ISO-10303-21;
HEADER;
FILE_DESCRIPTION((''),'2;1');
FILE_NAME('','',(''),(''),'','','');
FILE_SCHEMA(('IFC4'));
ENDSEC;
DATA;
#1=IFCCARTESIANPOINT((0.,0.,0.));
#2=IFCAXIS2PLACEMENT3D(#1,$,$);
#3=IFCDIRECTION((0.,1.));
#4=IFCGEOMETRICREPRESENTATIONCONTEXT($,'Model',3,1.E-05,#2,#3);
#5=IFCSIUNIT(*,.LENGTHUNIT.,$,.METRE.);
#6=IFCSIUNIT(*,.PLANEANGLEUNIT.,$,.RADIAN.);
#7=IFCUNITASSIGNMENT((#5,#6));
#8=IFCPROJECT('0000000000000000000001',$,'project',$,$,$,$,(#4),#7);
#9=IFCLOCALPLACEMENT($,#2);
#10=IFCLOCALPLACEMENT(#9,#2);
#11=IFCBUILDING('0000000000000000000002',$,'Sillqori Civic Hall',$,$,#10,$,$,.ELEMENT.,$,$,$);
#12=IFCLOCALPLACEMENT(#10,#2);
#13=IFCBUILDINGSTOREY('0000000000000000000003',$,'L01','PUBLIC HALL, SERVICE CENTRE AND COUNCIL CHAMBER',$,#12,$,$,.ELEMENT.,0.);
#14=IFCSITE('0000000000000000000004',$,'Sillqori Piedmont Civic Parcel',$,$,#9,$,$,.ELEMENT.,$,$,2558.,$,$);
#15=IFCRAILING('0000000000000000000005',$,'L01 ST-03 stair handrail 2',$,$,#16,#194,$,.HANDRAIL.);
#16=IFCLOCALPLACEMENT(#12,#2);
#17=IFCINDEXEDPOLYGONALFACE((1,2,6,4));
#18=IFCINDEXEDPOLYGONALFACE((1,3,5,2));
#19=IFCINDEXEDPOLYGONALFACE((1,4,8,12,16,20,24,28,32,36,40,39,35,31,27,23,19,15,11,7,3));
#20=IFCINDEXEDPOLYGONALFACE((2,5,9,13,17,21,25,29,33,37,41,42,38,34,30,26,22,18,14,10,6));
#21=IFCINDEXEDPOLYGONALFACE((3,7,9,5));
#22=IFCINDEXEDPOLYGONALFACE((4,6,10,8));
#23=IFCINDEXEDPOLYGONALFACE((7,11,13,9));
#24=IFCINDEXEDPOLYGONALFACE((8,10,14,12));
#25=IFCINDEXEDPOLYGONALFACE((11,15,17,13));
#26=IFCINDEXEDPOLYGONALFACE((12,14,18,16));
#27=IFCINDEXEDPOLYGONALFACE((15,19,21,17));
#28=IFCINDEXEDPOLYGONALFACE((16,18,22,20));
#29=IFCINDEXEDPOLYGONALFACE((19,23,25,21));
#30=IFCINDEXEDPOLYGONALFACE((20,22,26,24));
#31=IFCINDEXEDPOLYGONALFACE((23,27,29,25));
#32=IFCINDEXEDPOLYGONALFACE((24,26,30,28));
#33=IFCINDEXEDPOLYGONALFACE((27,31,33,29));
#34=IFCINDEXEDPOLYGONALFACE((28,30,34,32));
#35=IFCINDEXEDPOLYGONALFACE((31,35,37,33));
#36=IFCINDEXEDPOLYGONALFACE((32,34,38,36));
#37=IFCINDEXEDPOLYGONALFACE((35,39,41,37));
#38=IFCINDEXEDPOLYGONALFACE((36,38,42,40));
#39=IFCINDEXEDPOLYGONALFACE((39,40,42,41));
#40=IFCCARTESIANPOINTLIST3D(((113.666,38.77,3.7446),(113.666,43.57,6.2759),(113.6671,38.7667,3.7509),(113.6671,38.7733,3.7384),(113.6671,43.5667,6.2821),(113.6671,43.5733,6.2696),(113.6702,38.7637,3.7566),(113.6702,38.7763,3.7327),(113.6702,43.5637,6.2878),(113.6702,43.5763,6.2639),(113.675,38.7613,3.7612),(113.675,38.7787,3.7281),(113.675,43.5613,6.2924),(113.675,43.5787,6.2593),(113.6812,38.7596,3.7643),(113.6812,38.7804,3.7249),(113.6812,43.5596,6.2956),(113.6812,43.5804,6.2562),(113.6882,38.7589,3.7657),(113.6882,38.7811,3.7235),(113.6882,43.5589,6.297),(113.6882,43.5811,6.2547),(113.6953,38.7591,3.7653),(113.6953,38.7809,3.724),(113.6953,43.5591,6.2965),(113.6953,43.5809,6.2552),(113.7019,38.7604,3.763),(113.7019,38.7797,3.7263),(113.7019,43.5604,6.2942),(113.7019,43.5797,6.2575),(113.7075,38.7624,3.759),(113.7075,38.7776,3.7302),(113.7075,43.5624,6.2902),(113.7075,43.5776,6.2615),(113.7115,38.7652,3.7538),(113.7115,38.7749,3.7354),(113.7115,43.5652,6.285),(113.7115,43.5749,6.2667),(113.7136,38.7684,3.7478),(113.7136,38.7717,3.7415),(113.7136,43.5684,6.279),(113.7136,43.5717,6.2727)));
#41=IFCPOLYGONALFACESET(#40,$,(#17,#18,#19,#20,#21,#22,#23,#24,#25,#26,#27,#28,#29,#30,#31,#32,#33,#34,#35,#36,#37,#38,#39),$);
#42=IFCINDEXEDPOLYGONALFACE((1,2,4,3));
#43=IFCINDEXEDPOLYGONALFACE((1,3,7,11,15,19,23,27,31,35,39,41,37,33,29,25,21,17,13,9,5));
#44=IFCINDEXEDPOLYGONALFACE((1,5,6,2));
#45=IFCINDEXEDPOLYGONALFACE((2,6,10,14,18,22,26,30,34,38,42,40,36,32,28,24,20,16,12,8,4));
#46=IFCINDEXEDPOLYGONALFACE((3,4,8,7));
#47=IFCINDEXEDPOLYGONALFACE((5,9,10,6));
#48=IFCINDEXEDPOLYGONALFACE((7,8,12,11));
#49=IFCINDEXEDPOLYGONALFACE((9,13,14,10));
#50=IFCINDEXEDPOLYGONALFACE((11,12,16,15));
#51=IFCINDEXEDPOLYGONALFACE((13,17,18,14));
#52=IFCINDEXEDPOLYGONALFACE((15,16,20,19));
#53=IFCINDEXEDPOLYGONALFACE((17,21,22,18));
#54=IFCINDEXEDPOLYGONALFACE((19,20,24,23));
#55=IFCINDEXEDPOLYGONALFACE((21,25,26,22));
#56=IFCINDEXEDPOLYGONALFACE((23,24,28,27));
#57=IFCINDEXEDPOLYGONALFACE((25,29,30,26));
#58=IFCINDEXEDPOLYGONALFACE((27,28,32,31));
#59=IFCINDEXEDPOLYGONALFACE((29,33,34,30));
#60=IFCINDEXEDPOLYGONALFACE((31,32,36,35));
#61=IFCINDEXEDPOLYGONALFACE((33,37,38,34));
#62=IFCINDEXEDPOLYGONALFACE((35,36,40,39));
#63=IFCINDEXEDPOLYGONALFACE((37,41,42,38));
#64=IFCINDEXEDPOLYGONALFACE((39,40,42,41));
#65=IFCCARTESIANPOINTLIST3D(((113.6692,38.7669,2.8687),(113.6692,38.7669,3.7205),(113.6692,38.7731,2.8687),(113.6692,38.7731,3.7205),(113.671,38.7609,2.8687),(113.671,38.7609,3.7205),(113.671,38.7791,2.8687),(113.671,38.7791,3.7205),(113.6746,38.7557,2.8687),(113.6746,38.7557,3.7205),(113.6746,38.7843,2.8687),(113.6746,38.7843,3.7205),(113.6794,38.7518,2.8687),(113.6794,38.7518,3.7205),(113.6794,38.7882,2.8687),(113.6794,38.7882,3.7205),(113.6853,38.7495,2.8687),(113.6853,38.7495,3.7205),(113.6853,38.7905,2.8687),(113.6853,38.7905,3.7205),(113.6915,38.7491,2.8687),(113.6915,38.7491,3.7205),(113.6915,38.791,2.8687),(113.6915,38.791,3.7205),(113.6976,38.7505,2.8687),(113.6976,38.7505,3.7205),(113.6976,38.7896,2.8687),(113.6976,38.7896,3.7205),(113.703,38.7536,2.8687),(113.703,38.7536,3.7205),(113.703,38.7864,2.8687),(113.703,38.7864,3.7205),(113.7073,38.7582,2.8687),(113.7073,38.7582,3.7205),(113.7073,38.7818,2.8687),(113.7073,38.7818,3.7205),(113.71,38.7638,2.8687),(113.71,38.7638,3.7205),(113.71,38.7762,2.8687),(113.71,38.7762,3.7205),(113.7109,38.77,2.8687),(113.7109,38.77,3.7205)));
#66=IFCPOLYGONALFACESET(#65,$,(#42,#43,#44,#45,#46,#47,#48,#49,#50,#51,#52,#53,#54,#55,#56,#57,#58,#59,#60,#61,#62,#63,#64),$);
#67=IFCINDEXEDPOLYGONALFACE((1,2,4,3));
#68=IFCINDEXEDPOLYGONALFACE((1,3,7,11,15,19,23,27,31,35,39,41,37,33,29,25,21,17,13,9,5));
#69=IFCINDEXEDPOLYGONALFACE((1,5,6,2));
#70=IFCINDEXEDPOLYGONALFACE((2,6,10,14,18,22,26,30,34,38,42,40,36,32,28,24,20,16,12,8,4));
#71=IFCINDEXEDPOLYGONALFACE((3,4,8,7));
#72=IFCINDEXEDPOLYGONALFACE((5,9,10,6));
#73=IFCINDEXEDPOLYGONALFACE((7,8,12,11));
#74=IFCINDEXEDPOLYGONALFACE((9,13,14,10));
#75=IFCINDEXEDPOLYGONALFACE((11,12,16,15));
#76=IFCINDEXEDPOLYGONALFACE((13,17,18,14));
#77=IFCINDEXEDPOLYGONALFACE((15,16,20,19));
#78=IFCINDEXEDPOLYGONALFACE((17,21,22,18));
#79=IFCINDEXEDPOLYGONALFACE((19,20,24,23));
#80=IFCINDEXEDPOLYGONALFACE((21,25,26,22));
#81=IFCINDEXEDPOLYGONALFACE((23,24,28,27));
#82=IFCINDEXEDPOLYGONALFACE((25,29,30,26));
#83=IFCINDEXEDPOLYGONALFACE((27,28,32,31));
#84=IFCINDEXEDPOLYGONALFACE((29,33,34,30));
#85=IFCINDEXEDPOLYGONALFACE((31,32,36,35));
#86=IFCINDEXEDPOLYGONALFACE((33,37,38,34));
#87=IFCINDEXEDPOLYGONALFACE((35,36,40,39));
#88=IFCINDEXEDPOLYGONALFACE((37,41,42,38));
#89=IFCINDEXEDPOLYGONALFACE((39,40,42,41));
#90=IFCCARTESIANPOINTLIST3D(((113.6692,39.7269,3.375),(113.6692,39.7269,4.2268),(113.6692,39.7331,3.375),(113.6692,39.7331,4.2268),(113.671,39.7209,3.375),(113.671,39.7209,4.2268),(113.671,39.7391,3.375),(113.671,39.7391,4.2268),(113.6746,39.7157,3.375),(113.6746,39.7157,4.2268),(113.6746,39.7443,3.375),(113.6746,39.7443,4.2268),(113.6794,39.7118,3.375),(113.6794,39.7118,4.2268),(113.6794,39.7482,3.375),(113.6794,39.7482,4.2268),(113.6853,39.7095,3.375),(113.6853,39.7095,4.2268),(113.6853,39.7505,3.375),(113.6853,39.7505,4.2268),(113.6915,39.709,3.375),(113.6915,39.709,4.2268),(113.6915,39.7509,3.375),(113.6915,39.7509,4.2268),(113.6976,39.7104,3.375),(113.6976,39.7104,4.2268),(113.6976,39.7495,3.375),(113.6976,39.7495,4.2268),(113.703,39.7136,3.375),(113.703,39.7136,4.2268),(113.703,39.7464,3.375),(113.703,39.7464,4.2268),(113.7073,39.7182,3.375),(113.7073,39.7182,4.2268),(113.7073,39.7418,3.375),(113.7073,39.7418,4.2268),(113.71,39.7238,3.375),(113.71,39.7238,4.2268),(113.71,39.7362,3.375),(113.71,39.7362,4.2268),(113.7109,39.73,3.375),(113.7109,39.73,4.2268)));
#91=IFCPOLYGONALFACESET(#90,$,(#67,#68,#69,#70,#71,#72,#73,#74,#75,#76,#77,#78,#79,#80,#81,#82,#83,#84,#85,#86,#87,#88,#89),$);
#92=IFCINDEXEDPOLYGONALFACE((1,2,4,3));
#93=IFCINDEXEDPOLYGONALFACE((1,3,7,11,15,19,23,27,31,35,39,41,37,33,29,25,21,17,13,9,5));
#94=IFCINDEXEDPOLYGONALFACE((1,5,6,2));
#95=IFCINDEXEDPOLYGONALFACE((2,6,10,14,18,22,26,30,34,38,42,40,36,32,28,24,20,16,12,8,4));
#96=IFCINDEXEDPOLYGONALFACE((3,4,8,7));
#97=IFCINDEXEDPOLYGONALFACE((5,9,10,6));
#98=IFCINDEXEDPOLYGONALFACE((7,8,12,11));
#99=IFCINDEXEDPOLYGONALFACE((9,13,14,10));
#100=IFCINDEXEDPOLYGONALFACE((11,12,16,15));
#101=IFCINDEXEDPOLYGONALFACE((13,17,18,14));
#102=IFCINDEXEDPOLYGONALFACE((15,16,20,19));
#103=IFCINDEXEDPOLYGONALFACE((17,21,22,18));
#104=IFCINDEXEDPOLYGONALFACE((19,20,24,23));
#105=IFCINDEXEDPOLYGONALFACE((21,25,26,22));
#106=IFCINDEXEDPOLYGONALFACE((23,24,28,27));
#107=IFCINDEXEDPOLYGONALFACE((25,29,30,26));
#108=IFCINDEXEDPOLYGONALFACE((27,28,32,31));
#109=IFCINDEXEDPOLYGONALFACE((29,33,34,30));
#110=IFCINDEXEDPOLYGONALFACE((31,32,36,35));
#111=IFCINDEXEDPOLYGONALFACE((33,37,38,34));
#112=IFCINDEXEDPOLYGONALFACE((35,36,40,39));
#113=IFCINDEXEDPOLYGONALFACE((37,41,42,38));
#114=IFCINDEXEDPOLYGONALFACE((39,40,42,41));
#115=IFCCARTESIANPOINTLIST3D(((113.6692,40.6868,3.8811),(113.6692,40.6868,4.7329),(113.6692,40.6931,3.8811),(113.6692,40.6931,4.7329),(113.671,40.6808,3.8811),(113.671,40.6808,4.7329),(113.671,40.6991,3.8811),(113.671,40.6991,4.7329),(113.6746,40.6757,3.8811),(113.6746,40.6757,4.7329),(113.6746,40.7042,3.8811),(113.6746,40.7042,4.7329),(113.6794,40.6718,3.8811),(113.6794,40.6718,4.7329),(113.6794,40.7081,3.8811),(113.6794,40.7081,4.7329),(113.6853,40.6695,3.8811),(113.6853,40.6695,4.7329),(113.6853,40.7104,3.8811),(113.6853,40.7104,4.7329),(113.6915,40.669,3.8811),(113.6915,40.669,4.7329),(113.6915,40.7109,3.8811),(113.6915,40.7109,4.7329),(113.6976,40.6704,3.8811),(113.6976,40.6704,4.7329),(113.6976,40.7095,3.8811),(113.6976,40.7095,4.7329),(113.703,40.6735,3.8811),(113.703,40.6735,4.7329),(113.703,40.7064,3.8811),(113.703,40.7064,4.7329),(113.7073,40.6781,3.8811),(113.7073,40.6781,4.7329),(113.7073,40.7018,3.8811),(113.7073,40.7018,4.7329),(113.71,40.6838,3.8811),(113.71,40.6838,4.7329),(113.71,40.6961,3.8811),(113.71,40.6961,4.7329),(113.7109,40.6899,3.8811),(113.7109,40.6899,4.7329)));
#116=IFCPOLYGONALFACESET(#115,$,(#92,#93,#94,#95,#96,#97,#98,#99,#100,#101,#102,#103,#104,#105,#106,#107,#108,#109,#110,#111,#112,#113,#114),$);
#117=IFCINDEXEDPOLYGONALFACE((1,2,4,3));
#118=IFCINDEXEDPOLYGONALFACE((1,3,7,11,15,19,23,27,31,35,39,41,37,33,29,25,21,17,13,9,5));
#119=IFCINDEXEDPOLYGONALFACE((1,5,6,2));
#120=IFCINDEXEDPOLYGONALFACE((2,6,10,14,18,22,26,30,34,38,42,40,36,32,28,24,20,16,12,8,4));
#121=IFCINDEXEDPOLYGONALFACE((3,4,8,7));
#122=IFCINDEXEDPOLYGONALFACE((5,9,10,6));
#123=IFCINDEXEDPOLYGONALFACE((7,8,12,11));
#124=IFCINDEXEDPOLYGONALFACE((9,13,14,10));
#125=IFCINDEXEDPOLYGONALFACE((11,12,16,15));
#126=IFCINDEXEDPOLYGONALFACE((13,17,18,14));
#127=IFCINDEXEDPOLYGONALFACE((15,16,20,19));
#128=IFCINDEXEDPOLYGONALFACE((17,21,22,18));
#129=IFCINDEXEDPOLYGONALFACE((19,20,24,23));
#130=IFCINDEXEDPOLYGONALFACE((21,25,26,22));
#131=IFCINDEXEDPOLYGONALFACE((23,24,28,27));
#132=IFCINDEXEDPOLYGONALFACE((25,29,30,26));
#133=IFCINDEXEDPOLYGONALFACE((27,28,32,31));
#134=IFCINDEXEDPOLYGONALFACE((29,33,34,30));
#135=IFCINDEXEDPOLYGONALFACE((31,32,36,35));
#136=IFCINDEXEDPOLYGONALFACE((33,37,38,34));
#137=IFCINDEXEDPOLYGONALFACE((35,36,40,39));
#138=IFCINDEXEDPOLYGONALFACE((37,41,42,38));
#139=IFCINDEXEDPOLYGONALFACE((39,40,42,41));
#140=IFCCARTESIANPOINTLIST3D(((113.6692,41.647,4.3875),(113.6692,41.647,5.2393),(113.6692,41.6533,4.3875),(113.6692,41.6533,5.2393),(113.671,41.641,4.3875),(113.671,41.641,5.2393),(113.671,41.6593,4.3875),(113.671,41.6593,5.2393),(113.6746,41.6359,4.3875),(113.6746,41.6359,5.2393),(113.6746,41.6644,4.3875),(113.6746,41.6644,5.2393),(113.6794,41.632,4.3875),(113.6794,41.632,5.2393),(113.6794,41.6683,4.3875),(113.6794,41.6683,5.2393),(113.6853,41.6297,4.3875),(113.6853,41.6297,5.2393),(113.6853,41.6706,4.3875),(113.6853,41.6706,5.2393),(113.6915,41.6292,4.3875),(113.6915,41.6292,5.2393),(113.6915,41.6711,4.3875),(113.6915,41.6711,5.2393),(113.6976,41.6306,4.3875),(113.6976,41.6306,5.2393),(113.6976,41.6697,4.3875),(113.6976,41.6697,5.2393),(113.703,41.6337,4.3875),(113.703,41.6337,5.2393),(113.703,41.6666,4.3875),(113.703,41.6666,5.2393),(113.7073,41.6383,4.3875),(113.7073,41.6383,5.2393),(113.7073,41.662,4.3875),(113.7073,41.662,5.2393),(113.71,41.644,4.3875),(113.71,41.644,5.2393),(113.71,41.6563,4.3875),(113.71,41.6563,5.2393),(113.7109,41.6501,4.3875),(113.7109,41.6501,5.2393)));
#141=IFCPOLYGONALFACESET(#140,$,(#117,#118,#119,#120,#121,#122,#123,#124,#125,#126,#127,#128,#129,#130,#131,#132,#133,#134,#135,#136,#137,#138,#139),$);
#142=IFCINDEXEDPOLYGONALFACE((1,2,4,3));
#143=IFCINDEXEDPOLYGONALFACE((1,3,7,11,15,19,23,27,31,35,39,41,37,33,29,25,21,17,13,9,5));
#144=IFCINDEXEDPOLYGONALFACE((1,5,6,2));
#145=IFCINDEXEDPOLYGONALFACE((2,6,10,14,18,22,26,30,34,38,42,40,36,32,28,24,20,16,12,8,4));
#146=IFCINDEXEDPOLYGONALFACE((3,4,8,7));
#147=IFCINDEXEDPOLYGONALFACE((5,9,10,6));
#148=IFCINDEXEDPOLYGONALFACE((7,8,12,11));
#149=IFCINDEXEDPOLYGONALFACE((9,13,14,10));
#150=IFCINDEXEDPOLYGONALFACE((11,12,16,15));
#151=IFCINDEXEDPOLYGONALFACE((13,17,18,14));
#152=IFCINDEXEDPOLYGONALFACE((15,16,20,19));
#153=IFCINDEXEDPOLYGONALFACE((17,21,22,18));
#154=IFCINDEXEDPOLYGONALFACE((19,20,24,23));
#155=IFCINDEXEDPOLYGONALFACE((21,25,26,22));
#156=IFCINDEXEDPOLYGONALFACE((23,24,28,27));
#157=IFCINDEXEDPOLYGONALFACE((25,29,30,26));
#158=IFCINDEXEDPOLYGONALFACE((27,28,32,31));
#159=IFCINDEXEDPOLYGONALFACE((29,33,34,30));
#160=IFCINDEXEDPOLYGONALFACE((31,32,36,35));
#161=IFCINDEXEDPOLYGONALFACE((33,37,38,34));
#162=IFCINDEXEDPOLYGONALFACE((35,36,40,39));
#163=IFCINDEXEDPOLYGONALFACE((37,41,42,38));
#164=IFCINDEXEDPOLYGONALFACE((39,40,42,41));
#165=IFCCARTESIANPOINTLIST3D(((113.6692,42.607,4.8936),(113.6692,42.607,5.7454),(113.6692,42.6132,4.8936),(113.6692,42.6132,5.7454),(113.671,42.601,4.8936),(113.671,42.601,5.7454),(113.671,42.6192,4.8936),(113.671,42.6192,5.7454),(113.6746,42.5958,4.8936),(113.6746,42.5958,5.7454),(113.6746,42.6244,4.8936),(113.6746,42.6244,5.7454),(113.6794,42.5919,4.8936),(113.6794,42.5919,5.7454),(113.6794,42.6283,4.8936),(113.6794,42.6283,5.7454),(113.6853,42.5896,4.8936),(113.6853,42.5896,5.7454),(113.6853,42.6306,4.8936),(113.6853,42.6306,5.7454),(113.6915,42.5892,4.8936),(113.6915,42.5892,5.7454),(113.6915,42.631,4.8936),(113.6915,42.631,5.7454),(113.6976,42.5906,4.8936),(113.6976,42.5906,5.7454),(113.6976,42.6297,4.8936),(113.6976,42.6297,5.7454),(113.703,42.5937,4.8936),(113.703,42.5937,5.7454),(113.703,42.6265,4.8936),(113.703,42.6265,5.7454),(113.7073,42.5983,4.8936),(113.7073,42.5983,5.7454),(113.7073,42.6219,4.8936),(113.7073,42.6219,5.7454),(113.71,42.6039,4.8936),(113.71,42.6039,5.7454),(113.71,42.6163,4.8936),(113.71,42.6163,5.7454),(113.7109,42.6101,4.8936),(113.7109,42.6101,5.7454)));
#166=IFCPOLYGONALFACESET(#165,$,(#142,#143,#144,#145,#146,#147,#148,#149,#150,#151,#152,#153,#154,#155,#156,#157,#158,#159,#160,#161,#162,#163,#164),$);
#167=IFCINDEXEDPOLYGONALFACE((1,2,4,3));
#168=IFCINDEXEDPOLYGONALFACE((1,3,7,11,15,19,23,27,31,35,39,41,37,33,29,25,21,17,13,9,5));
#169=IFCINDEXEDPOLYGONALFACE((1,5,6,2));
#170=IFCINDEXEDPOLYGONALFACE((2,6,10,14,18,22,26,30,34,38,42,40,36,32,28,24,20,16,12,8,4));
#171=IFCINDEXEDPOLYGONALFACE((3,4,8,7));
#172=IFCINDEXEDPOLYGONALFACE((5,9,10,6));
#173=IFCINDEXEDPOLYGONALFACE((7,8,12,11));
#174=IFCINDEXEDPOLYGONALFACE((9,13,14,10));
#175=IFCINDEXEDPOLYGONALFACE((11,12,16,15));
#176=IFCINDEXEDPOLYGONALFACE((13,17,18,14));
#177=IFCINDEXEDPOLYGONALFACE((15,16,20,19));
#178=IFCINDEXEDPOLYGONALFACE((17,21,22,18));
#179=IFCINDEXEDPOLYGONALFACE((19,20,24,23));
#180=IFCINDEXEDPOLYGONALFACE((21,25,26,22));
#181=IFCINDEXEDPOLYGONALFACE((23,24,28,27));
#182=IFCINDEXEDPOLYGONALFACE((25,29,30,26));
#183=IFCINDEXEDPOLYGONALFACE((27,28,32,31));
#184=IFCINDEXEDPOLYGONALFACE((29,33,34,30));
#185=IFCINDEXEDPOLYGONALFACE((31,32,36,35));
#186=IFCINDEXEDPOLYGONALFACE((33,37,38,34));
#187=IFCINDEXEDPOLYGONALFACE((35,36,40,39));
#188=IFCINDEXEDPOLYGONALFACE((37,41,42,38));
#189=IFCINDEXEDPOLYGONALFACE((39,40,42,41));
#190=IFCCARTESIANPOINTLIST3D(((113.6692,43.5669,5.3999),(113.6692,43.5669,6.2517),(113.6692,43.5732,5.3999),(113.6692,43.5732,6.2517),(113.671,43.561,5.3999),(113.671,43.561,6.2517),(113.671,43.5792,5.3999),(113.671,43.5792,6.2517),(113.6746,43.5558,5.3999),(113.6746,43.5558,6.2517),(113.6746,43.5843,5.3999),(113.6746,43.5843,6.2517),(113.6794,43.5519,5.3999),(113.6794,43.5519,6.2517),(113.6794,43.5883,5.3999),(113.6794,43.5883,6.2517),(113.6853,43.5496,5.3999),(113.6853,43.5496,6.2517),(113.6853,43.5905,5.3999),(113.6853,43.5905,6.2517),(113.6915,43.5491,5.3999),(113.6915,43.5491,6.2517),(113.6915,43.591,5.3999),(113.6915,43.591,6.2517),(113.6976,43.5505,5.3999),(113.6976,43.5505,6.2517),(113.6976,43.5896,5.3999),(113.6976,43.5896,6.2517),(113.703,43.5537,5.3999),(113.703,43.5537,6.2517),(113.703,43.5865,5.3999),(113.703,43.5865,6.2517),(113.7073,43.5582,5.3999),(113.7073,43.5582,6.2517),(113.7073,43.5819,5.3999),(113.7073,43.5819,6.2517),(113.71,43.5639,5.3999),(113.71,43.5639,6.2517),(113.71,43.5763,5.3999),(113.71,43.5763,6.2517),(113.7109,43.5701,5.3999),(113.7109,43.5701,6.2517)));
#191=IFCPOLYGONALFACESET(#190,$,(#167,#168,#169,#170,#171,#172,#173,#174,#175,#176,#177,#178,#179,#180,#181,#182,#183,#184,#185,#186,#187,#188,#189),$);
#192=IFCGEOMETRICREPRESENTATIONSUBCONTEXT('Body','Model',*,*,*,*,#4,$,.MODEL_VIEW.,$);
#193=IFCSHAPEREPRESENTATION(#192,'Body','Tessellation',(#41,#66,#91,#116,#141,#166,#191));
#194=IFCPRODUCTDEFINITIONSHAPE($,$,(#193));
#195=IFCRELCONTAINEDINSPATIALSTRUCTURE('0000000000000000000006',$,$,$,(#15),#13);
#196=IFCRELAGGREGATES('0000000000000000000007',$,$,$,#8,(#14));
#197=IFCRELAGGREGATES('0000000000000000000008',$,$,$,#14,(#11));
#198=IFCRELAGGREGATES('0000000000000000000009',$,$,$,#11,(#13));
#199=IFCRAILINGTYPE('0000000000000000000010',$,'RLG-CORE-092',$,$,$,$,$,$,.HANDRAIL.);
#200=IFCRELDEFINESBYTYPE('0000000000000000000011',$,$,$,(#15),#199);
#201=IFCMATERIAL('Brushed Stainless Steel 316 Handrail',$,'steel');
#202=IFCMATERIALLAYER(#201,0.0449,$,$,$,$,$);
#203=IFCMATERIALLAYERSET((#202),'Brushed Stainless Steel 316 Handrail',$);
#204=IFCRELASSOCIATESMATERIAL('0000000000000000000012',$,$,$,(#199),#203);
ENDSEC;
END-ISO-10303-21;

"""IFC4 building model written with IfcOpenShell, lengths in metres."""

from ifc_helpers import new_model, si_unit, direction, frame, origin, origin_2d, place, context, subcontext, project, spatial, circle, extrude, material, layer, layer_set, type_object, element, save


model = new_model("IFC4")

# Units and contexts
model_context = context("Model", 3, precision=1e-05, world=origin(), true_north=direction((0.0, 1.0)))
body_context = subcontext(model_context, "Body", "Model", "MODEL_VIEW")
ifc_project = project(units=[si_unit("LENGTHUNIT", "METRE"), si_unit("PLANEANGLEUNIT", "RADIAN")], contexts=[model_context])

# Site, building, storey
site_placement = place(None, origin())
site = spatial("IfcSite", under=ifc_project, at=site_placement, Name="Sillqori Piedmont Civic Parcel", CompositionType="ELEMENT", RefElevation=2558.0)
building_placement = place(site_placement, origin())
building = spatial("IfcBuilding", under=site, at=building_placement, Name="Sillqori Civic Hall", CompositionType="ELEMENT")
storey_placement = place(building_placement, origin())
storey = spatial("IfcBuildingStorey", under=building, at=storey_placement, Name="L01", Description="PUBLIC HALL, SERVICE CENTRE AND COUNCIL CHAMBER", CompositionType="ELEMENT", Elevation=0.0)

# Railing
ifc_material_1 = material(Name="Brushed Stainless Steel 316 Handrail", Category="steel")
ifc_layer_1 = layer(ifc_material_1, 0.0449)
ifc_layer_set_1 = layer_set([ifc_layer_1], Name="Brushed Stainless Steel 316 Handrail")
railing_type_1 = type_object("IfcRailingType", Name="RLG-CORE-092", PredefinedType="HANDRAIL", material=ifc_layer_set_1)
railing_1_placement = place(storey_placement, frame((113.6899, 38.77, 2.8687)))
element("IfcRailing", 1, at=railing_1_placement, inside=storey, type_object=railing_type_1, Name="L01 ST-03 stair handrail 2", PredefinedType="HANDRAIL", context=body_context, shape_type="SweptSolid", body=[
    extrude(circle(Radius=0.0239, at=origin_2d()), frame((0.0, 0.0, 0.876), z_axis=(0.0, 0.884545, 0.466455), x_axis=(-1.0, 0.0, 0.0)), (0.0, 0.0, 1.0), 5.4265),
    extrude(circle(Radius=0.021, at=origin_2d()), origin(), (0.0, 0.0, 1.0), 0.8518),
    extrude(circle(Radius=0.021, at=origin_2d()), frame((0.0, 0.96, 0.5063)), (0.0, 0.0, 1.0), 0.8518),
    extrude(circle(Radius=0.021, at=origin_2d()), frame((0.0, 1.9199, 1.0125)), (0.0, 0.0, 1.0), 0.8518),
    extrude(circle(Radius=0.021, at=origin_2d()), frame((0.0, 2.8801, 1.5188)), (0.0, 0.0, 1.0), 0.8518),
    extrude(circle(Radius=0.021, at=origin_2d()), frame((0.0, 3.8401, 2.0249)), (0.0, 0.0, 1.0), 0.8518),
    extrude(circle(Radius=0.021, at=origin_2d()), frame((0.0, 4.8, 2.5312)), (0.0, 0.0, 1.0), 0.8518),
])

save(model, "model.ifc")
